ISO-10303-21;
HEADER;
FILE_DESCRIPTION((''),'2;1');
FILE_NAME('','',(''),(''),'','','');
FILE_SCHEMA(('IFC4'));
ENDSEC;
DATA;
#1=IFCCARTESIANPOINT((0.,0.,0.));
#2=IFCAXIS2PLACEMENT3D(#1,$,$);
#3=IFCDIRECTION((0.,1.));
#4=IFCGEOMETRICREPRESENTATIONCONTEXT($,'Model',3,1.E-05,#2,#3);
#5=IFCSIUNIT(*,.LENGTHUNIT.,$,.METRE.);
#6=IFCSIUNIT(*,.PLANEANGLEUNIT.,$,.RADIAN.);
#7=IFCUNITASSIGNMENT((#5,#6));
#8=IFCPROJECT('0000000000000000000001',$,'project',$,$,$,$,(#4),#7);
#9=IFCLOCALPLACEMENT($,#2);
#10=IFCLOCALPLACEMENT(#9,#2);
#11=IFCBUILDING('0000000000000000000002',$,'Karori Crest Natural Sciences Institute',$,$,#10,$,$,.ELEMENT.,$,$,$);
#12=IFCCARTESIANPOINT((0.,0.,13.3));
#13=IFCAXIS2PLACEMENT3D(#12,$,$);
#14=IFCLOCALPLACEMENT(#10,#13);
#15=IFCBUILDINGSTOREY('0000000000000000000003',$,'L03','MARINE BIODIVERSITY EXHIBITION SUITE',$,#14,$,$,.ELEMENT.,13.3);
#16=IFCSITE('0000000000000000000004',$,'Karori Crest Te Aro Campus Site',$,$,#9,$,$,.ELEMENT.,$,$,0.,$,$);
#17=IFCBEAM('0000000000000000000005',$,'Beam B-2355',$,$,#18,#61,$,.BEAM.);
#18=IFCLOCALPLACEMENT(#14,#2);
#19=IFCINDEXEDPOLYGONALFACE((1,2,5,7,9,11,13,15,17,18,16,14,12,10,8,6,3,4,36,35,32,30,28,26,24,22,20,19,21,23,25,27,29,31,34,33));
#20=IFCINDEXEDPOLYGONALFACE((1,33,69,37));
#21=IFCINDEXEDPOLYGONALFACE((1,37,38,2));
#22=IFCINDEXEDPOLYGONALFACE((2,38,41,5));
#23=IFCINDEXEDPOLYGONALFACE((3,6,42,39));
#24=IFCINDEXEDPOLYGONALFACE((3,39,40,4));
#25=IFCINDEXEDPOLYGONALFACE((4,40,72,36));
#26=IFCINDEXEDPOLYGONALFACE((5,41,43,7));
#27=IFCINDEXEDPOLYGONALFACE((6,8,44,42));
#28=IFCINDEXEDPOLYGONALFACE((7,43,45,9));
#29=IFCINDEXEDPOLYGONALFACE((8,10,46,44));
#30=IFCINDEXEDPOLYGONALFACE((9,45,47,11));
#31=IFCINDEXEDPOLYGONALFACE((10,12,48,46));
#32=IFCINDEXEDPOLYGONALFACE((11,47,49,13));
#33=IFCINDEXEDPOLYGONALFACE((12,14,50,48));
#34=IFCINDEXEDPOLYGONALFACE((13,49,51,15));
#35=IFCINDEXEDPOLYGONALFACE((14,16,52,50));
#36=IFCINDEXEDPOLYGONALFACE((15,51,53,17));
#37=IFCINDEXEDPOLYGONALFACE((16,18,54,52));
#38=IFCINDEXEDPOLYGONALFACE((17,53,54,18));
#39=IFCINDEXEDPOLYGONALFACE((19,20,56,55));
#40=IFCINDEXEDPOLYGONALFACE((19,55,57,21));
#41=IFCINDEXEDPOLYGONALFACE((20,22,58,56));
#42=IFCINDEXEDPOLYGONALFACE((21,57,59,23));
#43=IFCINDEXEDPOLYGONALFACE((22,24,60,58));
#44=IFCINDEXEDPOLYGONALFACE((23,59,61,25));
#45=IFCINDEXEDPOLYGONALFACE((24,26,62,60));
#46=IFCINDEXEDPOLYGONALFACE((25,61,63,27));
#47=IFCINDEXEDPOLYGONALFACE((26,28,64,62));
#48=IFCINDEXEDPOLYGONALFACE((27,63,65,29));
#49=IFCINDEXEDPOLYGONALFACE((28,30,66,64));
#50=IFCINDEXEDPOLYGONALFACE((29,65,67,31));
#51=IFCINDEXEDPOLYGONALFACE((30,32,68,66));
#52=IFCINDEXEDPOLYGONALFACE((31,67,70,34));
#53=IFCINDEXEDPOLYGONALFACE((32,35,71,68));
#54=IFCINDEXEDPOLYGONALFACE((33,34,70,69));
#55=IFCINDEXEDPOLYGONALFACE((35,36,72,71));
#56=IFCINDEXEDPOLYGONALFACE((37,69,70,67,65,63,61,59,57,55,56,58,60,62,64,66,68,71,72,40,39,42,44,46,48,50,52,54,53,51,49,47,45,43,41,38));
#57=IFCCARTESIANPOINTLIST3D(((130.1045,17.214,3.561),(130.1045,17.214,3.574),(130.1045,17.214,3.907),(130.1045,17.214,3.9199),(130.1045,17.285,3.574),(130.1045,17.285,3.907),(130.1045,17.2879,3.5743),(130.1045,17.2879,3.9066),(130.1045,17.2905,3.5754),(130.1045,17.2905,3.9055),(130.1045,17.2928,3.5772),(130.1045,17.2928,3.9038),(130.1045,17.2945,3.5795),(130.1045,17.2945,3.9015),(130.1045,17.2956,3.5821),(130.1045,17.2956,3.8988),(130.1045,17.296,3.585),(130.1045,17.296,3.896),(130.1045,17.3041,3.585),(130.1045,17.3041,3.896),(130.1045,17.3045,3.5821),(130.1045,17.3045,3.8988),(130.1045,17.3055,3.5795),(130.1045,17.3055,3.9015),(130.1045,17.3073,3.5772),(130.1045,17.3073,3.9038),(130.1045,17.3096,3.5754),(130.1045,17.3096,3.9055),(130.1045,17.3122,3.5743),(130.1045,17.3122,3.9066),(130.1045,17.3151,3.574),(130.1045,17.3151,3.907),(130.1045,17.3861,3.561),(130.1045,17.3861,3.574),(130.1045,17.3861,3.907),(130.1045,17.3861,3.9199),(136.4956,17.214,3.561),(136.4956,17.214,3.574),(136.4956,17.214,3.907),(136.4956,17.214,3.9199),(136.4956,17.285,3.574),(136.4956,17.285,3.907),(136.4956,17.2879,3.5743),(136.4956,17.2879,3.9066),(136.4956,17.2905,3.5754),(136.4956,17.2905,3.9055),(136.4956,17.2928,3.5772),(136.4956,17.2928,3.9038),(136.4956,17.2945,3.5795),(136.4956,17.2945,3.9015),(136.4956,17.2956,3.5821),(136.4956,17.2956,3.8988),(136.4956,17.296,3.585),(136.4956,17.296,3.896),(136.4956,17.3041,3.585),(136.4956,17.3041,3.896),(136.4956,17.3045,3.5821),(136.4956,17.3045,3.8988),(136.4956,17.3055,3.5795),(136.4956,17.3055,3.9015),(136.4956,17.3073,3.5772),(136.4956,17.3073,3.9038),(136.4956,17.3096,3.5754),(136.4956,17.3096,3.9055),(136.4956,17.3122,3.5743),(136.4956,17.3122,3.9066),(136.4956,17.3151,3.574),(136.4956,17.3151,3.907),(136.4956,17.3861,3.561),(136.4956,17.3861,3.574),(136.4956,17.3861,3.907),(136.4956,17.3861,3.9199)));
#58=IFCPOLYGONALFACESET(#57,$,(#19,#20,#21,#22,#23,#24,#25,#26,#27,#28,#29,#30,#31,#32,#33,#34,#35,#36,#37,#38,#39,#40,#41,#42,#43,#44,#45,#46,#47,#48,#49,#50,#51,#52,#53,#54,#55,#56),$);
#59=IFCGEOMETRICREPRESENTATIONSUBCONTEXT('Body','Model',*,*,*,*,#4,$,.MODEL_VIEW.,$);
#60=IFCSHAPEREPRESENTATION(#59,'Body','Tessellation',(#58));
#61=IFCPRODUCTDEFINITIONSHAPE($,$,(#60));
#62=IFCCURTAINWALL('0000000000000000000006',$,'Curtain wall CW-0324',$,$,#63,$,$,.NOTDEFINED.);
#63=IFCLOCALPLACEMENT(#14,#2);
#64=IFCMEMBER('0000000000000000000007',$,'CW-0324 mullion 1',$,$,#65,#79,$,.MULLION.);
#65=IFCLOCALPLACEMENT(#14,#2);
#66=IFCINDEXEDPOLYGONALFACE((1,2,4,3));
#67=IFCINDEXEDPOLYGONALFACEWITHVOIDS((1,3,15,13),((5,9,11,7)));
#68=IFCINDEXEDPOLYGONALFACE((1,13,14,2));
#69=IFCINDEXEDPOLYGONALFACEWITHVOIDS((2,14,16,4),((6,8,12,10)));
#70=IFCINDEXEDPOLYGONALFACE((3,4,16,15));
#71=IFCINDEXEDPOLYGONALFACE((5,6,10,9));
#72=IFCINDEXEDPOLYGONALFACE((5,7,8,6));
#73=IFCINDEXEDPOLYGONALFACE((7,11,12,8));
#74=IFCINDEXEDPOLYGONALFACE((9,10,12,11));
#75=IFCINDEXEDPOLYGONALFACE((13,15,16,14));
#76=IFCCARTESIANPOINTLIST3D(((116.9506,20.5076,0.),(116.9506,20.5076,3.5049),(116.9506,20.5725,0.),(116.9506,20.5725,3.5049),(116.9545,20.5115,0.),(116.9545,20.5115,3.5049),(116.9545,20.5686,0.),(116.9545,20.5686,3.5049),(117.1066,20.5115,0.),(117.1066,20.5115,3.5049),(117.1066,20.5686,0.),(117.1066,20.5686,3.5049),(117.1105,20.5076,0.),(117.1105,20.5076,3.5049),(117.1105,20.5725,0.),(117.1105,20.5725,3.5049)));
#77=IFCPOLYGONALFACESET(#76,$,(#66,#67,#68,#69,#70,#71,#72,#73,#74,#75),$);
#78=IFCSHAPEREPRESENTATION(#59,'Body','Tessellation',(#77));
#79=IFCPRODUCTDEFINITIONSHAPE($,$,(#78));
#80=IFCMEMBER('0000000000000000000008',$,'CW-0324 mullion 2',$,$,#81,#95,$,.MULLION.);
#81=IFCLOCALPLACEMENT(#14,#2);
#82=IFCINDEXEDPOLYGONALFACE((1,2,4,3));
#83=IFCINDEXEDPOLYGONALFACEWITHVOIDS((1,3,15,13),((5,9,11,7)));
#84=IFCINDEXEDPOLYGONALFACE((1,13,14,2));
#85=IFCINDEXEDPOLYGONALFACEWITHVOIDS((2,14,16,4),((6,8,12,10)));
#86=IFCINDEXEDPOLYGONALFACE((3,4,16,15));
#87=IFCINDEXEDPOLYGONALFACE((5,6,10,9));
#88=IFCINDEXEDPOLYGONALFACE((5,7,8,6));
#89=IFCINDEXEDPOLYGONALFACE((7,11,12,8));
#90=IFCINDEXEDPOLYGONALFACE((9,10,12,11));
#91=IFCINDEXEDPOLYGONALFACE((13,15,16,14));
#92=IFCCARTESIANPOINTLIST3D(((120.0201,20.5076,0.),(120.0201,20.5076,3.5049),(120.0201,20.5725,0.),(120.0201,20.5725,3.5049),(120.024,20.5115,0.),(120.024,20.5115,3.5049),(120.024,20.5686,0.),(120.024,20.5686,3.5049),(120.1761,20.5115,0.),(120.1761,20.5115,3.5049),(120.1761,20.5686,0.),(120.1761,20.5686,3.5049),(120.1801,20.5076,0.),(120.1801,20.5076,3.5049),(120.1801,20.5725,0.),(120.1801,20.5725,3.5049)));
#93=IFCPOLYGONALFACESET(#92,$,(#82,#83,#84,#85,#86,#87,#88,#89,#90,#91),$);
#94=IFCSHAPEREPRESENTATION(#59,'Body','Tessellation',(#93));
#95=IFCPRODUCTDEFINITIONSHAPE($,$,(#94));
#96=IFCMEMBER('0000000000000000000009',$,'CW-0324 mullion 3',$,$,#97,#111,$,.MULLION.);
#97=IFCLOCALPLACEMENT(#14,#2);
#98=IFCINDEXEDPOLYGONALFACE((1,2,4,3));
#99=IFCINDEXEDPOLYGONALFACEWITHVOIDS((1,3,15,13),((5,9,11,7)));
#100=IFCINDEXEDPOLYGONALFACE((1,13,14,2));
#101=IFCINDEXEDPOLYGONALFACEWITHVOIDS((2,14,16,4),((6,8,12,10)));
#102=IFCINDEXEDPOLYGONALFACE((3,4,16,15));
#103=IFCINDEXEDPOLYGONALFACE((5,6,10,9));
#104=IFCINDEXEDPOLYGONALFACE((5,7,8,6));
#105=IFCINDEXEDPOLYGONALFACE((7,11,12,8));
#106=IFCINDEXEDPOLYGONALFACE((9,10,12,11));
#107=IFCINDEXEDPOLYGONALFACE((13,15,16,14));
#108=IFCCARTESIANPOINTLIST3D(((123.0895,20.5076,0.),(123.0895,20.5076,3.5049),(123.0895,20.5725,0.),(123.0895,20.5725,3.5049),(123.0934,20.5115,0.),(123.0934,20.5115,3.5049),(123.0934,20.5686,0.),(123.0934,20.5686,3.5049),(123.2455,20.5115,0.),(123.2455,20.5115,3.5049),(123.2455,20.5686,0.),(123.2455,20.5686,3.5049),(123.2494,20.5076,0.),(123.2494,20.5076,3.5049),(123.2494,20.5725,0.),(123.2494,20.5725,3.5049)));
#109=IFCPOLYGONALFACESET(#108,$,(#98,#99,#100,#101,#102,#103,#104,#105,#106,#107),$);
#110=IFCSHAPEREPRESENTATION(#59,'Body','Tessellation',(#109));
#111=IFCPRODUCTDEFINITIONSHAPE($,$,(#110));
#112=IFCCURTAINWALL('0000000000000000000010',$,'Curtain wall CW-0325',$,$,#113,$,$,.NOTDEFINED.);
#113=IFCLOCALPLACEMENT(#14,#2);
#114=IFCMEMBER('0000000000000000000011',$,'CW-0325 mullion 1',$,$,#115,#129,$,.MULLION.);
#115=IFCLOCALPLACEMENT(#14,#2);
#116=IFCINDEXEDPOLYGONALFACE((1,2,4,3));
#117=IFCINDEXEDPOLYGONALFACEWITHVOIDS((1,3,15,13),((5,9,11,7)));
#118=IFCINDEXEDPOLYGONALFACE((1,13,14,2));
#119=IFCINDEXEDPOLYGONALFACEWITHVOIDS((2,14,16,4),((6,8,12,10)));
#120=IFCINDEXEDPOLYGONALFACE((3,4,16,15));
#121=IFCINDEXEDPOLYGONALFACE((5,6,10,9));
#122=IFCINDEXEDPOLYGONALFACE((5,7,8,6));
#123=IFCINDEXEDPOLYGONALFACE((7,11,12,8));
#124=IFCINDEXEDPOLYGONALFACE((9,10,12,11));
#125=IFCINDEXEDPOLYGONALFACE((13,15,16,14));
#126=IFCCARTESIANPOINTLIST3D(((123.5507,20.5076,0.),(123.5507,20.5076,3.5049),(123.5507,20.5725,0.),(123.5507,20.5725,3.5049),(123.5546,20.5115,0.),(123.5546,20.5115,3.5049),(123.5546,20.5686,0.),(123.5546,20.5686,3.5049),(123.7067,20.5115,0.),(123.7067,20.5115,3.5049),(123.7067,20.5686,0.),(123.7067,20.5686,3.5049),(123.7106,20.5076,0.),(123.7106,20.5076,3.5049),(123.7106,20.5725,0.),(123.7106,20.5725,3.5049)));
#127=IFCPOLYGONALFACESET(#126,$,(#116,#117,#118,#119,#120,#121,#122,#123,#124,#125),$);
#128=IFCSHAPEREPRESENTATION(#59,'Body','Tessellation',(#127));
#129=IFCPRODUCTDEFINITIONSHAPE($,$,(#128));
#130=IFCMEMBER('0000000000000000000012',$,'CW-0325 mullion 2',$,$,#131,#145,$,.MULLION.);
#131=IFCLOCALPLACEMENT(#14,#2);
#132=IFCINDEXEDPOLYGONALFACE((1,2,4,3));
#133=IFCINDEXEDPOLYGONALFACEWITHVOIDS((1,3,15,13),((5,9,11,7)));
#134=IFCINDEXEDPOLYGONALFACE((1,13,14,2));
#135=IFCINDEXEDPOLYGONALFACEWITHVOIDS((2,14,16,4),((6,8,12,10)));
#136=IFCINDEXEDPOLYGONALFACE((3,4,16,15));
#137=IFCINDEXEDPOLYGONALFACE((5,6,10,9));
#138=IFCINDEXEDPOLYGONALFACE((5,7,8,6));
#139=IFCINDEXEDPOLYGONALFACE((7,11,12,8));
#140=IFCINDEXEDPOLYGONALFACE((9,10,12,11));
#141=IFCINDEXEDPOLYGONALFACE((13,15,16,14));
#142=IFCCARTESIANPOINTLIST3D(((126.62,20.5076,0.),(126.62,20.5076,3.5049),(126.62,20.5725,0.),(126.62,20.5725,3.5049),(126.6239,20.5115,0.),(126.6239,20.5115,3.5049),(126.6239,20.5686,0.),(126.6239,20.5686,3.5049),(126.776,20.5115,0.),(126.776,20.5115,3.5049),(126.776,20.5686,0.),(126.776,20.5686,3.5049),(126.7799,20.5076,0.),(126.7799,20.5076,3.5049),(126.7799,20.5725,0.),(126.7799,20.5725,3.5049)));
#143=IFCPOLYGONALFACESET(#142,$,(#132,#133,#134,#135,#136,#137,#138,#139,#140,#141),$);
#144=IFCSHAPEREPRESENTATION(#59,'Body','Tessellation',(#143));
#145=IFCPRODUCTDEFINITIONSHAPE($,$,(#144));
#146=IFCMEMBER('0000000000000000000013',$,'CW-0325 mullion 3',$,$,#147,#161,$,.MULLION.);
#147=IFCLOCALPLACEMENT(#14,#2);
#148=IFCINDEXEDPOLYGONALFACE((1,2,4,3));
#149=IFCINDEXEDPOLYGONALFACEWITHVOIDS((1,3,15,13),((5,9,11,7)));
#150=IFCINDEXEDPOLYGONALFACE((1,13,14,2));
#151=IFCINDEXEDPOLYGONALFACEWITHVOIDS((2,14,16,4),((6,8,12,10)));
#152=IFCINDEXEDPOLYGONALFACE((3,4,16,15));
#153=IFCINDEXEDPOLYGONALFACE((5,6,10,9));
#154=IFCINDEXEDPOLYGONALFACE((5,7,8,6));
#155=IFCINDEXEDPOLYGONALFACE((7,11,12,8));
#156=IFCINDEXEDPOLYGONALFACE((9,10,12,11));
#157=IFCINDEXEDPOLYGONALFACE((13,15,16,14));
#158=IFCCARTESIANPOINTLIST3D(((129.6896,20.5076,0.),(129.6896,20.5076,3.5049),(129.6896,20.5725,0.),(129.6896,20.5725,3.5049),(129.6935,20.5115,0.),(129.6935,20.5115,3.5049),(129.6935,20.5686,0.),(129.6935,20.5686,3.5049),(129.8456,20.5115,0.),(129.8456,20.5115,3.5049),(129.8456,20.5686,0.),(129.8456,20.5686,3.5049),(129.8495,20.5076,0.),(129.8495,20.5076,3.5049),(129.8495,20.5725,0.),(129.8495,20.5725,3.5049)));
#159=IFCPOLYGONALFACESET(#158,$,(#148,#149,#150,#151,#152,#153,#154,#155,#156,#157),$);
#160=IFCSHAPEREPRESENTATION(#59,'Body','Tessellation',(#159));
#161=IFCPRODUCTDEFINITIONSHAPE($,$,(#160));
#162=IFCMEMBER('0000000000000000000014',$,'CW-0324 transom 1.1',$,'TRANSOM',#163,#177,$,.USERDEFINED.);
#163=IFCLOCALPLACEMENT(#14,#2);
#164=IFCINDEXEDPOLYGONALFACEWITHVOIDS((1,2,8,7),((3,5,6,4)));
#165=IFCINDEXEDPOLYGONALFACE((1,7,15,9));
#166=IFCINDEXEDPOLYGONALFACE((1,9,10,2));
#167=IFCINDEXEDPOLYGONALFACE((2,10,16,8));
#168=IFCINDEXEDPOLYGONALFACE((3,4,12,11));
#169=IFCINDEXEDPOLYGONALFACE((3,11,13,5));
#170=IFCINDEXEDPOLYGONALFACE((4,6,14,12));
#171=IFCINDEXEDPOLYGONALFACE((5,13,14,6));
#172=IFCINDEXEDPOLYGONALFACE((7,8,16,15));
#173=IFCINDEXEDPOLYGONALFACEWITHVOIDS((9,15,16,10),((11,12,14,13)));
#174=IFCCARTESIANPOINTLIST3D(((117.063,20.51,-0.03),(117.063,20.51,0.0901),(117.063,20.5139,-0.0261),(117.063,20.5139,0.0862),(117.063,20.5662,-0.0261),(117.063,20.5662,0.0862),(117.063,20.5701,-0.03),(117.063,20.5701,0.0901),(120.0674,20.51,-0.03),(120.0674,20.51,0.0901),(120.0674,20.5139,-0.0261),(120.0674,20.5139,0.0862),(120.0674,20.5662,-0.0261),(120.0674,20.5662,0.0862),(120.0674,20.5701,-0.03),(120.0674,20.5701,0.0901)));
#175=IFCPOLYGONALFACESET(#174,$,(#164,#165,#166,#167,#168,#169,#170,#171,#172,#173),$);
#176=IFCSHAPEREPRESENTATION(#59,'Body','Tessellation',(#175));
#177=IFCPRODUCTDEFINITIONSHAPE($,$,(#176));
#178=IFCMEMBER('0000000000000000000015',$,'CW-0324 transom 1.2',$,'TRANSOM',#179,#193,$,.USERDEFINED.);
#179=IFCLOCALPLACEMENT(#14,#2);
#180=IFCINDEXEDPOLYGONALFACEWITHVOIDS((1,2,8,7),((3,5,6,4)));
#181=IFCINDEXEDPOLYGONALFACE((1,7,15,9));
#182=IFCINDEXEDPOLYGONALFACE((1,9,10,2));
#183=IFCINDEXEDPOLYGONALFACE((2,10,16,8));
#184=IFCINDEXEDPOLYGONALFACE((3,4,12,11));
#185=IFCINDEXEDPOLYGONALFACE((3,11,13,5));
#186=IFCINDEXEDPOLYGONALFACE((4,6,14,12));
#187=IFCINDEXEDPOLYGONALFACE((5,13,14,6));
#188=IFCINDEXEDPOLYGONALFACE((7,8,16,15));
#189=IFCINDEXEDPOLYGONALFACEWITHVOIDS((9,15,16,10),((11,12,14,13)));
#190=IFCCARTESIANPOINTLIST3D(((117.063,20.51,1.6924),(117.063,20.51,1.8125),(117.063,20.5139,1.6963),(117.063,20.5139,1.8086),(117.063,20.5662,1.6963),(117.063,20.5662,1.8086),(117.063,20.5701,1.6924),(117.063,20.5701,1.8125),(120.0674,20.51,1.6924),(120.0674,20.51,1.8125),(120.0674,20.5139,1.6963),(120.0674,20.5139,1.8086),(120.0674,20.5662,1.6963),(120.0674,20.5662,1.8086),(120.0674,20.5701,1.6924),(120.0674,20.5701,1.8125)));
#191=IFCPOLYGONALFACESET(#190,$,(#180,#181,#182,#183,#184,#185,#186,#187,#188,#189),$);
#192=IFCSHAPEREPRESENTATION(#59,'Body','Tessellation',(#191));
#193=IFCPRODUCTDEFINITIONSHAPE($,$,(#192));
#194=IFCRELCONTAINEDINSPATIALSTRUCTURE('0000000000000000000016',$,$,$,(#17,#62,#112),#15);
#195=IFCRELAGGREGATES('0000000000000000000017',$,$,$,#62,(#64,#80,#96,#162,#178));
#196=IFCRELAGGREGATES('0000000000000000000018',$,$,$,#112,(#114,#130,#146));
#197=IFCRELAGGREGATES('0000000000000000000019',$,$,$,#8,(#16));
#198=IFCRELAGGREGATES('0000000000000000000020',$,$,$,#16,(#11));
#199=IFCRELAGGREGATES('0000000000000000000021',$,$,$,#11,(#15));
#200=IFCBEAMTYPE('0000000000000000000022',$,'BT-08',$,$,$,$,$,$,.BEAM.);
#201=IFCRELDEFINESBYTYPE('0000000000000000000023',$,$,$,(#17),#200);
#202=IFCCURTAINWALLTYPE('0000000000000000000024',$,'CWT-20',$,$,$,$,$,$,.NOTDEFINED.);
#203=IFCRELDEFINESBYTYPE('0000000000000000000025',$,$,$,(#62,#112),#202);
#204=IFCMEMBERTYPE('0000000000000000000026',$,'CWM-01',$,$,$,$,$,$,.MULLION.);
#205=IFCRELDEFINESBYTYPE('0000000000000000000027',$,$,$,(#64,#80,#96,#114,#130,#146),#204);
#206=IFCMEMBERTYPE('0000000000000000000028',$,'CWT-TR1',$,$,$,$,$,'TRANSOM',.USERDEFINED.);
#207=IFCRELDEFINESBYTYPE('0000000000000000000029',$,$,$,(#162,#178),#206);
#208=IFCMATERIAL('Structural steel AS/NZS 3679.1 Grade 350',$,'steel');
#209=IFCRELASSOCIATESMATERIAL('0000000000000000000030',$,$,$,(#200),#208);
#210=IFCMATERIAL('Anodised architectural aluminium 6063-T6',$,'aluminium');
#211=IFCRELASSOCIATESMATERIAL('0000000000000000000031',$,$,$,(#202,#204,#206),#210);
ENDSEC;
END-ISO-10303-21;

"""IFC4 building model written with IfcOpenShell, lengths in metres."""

from ifc_helpers import new_model, si_unit, direction, frame, origin, origin_2d, place, context, subcontext, project, spatial, hollow_rectangle, i_section, extrude, material, material_profile, profile_set, type_object, element, aggregate, save


model = new_model("IFC4")

# Units and contexts
model_context = context("Model", 3, precision=1e-05, world=origin(), true_north=direction((0.0, 1.0)))
body_context = subcontext(model_context, "Body", "Model", "MODEL_VIEW")
ifc_project = project(units=[si_unit("LENGTHUNIT", "METRE"), si_unit("PLANEANGLEUNIT", "RADIAN")], contexts=[model_context])

# Site, building, storey
site_placement = place(None, origin())
site = spatial("IfcSite", under=ifc_project, at=site_placement, Name="Karori Crest Te Aro Campus Site", CompositionType="ELEMENT", RefElevation=0.0)
building_placement = place(site_placement, origin())
building = spatial("IfcBuilding", under=site, at=building_placement, Name="Karori Crest Natural Sciences Institute", CompositionType="ELEMENT")
storey_placement = place(building_placement, frame((0.0, 0.0, 13.3)))
storey = spatial("IfcBuildingStorey", under=building, at=storey_placement, Name="L03", Description="MARINE BIODIVERSITY EXHIBITION SUITE", CompositionType="ELEMENT", Elevation=13.3)

# Shared definitions
ifc_material_1 = material(Name="Structural steel AS/NZS 3679.1 Grade 350", Category="steel")

# Beam
ifc_material_profile_1 = material_profile(ifc_material_1, i_section(OverallWidth=0.1721, OverallDepth=0.3589, WebThickness=0.0081, FlangeThickness=0.0129, FilletRadius=0.011, at=origin_2d()), Name="360UB56.7")
ifc_profile_set_1 = profile_set([ifc_material_profile_1], Name="Structural steel AS/NZS 3679.1 Grade 350")
beam_type_1 = type_object("IfcBeamType", Name="BT-08", PredefinedType="BEAM", material=ifc_profile_set_1)
for number, where, z_axis, x_axis, name in (
    (1, (130.1045, 17.3, 3.7405), (1.0, 0.0, 0.0), (0.0, 1.0, 0.0), "Beam B-2355"),
):
    element("IfcBeam", number, at=place(storey_placement, frame(where, z_axis=z_axis, x_axis=x_axis)), inside=storey, type_object=beam_type_1, Name=name, PredefinedType="BEAM", context=body_context, shape_type="SweptSolid", body=[
        extrude(i_section(OverallWidth=0.1721, OverallDepth=0.3589, WebThickness=0.0081, FlangeThickness=0.0129, FilletRadius=0.011, at=origin_2d()), origin(), (0.0, 0.0, 1.0), 6.3911),
    ])

# Curtain walls, members
ifc_material_2 = material(Name="Anodised architectural aluminium 6063-T6", Category="aluminium")
curtain_wall_type = type_object("IfcCurtainWallType", Name="CWT-20", PredefinedType="NOTDEFINED", material=ifc_material_2)
curtain_wall_1_placement = place(storey_placement, origin())
curtain_wall_1 = element("IfcCurtainWall", 2, at=curtain_wall_1_placement, inside=storey, type_object=curtain_wall_type, Name="Curtain wall CW-0324", PredefinedType="NOTDEFINED")
ifc_material_profile_2 = material_profile(ifc_material_2, hollow_rectangle(XDim=0.0649, YDim=0.1599, WallThickness=0.0039, at=origin_2d()), Name="CWM160x65x4")
ifc_profile_set_2 = profile_set([ifc_material_profile_2], Name="Anodised architectural aluminium 6063-T6")
member_type_1 = type_object("IfcMemberType", Name="CWM-01", PredefinedType="MULLION", material=ifc_profile_set_2)
member_1_placement = place(storey_placement, frame((117.0305, 20.54, 0.0), z_axis=(0.0, 0.0, 1.0), x_axis=(0.0, 1.0, 0.0)))
member_1 = element("IfcMember", 3, at=member_1_placement, type_object=member_type_1, Name="CW-0324 mullion 1", PredefinedType="MULLION", context=body_context, shape_type="SweptSolid", body=[
    extrude(hollow_rectangle(XDim=0.0649, YDim=0.1599, WallThickness=0.0039, at=origin_2d()), origin(), (0.0, 0.0, 1.0), 3.5049),
])
member_2_placement = place(storey_placement, frame((120.1001, 20.54, 0.0), z_axis=(0.0, 0.0, 1.0), x_axis=(0.0, 1.0, 0.0)))
member_2 = element("IfcMember", 4, at=member_2_placement, type_object=member_type_1, Name="CW-0324 mullion 2", PredefinedType="MULLION", context=body_context, shape_type="SweptSolid", body=[
    extrude(hollow_rectangle(XDim=0.0649, YDim=0.1599, WallThickness=0.0039, at=origin_2d()), origin(), (0.0, 0.0, 1.0), 3.5049),
])
member_3_placement = place(storey_placement, frame((123.1694, 20.54, 0.0), z_axis=(0.0, 0.0, 1.0), x_axis=(0.0, 1.0, 0.0)))
member_3 = element("IfcMember", 5, at=member_3_placement, type_object=member_type_1, Name="CW-0324 mullion 3", PredefinedType="MULLION", context=body_context, shape_type="SweptSolid", body=[
    extrude(hollow_rectangle(XDim=0.0649, YDim=0.1599, WallThickness=0.0039, at=origin_2d()), origin(), (0.0, 0.0, 1.0), 3.5049),
])
curtain_wall_2_placement = place(storey_placement, origin())
curtain_wall_2 = element("IfcCurtainWall", 6, at=curtain_wall_2_placement, inside=storey, type_object=curtain_wall_type, Name="Curtain wall CW-0325", PredefinedType="NOTDEFINED")
member_4_placement = place(storey_placement, frame((123.6306, 20.54, 0.0), z_axis=(0.0, 0.0, 1.0), x_axis=(0.0, 1.0, 0.0)))
member_4 = element("IfcMember", 7, at=member_4_placement, type_object=member_type_1, Name="CW-0325 mullion 1", PredefinedType="MULLION", context=body_context, shape_type="SweptSolid", body=[
    extrude(hollow_rectangle(XDim=0.0649, YDim=0.1599, WallThickness=0.0039, at=origin_2d()), origin(), (0.0, 0.0, 1.0), 3.5049),
])
member_5_placement = place(storey_placement, frame((126.7, 20.54, 0.0), z_axis=(0.0, 0.0, 1.0), x_axis=(0.0, 1.0, 0.0)))
member_5 = element("IfcMember", 8, at=member_5_placement, type_object=member_type_1, Name="CW-0325 mullion 2", PredefinedType="MULLION", context=body_context, shape_type="SweptSolid", body=[
    extrude(hollow_rectangle(XDim=0.0649, YDim=0.1599, WallThickness=0.0039, at=origin_2d()), origin(), (0.0, 0.0, 1.0), 3.5049),
])
member_6_placement = place(storey_placement, frame((129.7695, 20.54, 0.0), z_axis=(0.0, 0.0, 1.0), x_axis=(0.0, 1.0, 0.0)))
member_6 = element("IfcMember", 9, at=member_6_placement, type_object=member_type_1, Name="CW-0325 mullion 3", PredefinedType="MULLION", context=body_context, shape_type="SweptSolid", body=[
    extrude(hollow_rectangle(XDim=0.0649, YDim=0.1599, WallThickness=0.0039, at=origin_2d()), origin(), (0.0, 0.0, 1.0), 3.5049),
])

# Members
ifc_material_profile_3 = material_profile(ifc_material_2, hollow_rectangle(XDim=0.0601, YDim=0.1201, WallThickness=0.0039, at=origin_2d()), Name="CWT120x60x4")
ifc_profile_set_3 = profile_set([ifc_material_profile_3], Name="Anodised architectural aluminium 6063-T6")
member_type_2 = type_object("IfcMemberType", Name="CWT-TR1", ElementType="TRANSOM", PredefinedType="USERDEFINED", material=ifc_profile_set_3)
member_7_placement = place(storey_placement, frame((117.063, 20.54, 0.03), z_axis=(1.0, 0.0, 0.0), x_axis=(0.0, 1.0, 0.0)))
member_7 = element("IfcMember", 10, at=member_7_placement, type_object=member_type_2, Name="CW-0324 transom 1.1", ObjectType="TRANSOM", PredefinedType="USERDEFINED", context=body_context, shape_type="SweptSolid", body=[
    extrude(hollow_rectangle(XDim=0.0601, YDim=0.1201, WallThickness=0.0039, at=origin_2d()), origin(), (0.0, 0.0, 1.0), 3.0044),
])
member_8_placement = place(storey_placement, frame((117.063, 20.54, 1.7524), z_axis=(1.0, 0.0, 0.0), x_axis=(0.0, 1.0, 0.0)))
member_8 = element("IfcMember", 11, at=member_8_placement, type_object=member_type_2, Name="CW-0324 transom 1.2", ObjectType="TRANSOM", PredefinedType="USERDEFINED", context=body_context, shape_type="SweptSolid", body=[
    extrude(hollow_rectangle(XDim=0.0601, YDim=0.1201, WallThickness=0.0039, at=origin_2d()), origin(), (0.0, 0.0, 1.0), 3.0044),
])

aggregate(curtain_wall_1, [member_1, member_2, member_3, member_7, member_8])
aggregate(curtain_wall_2, [member_4, member_5, member_6])

save(model, "model.ifc")
